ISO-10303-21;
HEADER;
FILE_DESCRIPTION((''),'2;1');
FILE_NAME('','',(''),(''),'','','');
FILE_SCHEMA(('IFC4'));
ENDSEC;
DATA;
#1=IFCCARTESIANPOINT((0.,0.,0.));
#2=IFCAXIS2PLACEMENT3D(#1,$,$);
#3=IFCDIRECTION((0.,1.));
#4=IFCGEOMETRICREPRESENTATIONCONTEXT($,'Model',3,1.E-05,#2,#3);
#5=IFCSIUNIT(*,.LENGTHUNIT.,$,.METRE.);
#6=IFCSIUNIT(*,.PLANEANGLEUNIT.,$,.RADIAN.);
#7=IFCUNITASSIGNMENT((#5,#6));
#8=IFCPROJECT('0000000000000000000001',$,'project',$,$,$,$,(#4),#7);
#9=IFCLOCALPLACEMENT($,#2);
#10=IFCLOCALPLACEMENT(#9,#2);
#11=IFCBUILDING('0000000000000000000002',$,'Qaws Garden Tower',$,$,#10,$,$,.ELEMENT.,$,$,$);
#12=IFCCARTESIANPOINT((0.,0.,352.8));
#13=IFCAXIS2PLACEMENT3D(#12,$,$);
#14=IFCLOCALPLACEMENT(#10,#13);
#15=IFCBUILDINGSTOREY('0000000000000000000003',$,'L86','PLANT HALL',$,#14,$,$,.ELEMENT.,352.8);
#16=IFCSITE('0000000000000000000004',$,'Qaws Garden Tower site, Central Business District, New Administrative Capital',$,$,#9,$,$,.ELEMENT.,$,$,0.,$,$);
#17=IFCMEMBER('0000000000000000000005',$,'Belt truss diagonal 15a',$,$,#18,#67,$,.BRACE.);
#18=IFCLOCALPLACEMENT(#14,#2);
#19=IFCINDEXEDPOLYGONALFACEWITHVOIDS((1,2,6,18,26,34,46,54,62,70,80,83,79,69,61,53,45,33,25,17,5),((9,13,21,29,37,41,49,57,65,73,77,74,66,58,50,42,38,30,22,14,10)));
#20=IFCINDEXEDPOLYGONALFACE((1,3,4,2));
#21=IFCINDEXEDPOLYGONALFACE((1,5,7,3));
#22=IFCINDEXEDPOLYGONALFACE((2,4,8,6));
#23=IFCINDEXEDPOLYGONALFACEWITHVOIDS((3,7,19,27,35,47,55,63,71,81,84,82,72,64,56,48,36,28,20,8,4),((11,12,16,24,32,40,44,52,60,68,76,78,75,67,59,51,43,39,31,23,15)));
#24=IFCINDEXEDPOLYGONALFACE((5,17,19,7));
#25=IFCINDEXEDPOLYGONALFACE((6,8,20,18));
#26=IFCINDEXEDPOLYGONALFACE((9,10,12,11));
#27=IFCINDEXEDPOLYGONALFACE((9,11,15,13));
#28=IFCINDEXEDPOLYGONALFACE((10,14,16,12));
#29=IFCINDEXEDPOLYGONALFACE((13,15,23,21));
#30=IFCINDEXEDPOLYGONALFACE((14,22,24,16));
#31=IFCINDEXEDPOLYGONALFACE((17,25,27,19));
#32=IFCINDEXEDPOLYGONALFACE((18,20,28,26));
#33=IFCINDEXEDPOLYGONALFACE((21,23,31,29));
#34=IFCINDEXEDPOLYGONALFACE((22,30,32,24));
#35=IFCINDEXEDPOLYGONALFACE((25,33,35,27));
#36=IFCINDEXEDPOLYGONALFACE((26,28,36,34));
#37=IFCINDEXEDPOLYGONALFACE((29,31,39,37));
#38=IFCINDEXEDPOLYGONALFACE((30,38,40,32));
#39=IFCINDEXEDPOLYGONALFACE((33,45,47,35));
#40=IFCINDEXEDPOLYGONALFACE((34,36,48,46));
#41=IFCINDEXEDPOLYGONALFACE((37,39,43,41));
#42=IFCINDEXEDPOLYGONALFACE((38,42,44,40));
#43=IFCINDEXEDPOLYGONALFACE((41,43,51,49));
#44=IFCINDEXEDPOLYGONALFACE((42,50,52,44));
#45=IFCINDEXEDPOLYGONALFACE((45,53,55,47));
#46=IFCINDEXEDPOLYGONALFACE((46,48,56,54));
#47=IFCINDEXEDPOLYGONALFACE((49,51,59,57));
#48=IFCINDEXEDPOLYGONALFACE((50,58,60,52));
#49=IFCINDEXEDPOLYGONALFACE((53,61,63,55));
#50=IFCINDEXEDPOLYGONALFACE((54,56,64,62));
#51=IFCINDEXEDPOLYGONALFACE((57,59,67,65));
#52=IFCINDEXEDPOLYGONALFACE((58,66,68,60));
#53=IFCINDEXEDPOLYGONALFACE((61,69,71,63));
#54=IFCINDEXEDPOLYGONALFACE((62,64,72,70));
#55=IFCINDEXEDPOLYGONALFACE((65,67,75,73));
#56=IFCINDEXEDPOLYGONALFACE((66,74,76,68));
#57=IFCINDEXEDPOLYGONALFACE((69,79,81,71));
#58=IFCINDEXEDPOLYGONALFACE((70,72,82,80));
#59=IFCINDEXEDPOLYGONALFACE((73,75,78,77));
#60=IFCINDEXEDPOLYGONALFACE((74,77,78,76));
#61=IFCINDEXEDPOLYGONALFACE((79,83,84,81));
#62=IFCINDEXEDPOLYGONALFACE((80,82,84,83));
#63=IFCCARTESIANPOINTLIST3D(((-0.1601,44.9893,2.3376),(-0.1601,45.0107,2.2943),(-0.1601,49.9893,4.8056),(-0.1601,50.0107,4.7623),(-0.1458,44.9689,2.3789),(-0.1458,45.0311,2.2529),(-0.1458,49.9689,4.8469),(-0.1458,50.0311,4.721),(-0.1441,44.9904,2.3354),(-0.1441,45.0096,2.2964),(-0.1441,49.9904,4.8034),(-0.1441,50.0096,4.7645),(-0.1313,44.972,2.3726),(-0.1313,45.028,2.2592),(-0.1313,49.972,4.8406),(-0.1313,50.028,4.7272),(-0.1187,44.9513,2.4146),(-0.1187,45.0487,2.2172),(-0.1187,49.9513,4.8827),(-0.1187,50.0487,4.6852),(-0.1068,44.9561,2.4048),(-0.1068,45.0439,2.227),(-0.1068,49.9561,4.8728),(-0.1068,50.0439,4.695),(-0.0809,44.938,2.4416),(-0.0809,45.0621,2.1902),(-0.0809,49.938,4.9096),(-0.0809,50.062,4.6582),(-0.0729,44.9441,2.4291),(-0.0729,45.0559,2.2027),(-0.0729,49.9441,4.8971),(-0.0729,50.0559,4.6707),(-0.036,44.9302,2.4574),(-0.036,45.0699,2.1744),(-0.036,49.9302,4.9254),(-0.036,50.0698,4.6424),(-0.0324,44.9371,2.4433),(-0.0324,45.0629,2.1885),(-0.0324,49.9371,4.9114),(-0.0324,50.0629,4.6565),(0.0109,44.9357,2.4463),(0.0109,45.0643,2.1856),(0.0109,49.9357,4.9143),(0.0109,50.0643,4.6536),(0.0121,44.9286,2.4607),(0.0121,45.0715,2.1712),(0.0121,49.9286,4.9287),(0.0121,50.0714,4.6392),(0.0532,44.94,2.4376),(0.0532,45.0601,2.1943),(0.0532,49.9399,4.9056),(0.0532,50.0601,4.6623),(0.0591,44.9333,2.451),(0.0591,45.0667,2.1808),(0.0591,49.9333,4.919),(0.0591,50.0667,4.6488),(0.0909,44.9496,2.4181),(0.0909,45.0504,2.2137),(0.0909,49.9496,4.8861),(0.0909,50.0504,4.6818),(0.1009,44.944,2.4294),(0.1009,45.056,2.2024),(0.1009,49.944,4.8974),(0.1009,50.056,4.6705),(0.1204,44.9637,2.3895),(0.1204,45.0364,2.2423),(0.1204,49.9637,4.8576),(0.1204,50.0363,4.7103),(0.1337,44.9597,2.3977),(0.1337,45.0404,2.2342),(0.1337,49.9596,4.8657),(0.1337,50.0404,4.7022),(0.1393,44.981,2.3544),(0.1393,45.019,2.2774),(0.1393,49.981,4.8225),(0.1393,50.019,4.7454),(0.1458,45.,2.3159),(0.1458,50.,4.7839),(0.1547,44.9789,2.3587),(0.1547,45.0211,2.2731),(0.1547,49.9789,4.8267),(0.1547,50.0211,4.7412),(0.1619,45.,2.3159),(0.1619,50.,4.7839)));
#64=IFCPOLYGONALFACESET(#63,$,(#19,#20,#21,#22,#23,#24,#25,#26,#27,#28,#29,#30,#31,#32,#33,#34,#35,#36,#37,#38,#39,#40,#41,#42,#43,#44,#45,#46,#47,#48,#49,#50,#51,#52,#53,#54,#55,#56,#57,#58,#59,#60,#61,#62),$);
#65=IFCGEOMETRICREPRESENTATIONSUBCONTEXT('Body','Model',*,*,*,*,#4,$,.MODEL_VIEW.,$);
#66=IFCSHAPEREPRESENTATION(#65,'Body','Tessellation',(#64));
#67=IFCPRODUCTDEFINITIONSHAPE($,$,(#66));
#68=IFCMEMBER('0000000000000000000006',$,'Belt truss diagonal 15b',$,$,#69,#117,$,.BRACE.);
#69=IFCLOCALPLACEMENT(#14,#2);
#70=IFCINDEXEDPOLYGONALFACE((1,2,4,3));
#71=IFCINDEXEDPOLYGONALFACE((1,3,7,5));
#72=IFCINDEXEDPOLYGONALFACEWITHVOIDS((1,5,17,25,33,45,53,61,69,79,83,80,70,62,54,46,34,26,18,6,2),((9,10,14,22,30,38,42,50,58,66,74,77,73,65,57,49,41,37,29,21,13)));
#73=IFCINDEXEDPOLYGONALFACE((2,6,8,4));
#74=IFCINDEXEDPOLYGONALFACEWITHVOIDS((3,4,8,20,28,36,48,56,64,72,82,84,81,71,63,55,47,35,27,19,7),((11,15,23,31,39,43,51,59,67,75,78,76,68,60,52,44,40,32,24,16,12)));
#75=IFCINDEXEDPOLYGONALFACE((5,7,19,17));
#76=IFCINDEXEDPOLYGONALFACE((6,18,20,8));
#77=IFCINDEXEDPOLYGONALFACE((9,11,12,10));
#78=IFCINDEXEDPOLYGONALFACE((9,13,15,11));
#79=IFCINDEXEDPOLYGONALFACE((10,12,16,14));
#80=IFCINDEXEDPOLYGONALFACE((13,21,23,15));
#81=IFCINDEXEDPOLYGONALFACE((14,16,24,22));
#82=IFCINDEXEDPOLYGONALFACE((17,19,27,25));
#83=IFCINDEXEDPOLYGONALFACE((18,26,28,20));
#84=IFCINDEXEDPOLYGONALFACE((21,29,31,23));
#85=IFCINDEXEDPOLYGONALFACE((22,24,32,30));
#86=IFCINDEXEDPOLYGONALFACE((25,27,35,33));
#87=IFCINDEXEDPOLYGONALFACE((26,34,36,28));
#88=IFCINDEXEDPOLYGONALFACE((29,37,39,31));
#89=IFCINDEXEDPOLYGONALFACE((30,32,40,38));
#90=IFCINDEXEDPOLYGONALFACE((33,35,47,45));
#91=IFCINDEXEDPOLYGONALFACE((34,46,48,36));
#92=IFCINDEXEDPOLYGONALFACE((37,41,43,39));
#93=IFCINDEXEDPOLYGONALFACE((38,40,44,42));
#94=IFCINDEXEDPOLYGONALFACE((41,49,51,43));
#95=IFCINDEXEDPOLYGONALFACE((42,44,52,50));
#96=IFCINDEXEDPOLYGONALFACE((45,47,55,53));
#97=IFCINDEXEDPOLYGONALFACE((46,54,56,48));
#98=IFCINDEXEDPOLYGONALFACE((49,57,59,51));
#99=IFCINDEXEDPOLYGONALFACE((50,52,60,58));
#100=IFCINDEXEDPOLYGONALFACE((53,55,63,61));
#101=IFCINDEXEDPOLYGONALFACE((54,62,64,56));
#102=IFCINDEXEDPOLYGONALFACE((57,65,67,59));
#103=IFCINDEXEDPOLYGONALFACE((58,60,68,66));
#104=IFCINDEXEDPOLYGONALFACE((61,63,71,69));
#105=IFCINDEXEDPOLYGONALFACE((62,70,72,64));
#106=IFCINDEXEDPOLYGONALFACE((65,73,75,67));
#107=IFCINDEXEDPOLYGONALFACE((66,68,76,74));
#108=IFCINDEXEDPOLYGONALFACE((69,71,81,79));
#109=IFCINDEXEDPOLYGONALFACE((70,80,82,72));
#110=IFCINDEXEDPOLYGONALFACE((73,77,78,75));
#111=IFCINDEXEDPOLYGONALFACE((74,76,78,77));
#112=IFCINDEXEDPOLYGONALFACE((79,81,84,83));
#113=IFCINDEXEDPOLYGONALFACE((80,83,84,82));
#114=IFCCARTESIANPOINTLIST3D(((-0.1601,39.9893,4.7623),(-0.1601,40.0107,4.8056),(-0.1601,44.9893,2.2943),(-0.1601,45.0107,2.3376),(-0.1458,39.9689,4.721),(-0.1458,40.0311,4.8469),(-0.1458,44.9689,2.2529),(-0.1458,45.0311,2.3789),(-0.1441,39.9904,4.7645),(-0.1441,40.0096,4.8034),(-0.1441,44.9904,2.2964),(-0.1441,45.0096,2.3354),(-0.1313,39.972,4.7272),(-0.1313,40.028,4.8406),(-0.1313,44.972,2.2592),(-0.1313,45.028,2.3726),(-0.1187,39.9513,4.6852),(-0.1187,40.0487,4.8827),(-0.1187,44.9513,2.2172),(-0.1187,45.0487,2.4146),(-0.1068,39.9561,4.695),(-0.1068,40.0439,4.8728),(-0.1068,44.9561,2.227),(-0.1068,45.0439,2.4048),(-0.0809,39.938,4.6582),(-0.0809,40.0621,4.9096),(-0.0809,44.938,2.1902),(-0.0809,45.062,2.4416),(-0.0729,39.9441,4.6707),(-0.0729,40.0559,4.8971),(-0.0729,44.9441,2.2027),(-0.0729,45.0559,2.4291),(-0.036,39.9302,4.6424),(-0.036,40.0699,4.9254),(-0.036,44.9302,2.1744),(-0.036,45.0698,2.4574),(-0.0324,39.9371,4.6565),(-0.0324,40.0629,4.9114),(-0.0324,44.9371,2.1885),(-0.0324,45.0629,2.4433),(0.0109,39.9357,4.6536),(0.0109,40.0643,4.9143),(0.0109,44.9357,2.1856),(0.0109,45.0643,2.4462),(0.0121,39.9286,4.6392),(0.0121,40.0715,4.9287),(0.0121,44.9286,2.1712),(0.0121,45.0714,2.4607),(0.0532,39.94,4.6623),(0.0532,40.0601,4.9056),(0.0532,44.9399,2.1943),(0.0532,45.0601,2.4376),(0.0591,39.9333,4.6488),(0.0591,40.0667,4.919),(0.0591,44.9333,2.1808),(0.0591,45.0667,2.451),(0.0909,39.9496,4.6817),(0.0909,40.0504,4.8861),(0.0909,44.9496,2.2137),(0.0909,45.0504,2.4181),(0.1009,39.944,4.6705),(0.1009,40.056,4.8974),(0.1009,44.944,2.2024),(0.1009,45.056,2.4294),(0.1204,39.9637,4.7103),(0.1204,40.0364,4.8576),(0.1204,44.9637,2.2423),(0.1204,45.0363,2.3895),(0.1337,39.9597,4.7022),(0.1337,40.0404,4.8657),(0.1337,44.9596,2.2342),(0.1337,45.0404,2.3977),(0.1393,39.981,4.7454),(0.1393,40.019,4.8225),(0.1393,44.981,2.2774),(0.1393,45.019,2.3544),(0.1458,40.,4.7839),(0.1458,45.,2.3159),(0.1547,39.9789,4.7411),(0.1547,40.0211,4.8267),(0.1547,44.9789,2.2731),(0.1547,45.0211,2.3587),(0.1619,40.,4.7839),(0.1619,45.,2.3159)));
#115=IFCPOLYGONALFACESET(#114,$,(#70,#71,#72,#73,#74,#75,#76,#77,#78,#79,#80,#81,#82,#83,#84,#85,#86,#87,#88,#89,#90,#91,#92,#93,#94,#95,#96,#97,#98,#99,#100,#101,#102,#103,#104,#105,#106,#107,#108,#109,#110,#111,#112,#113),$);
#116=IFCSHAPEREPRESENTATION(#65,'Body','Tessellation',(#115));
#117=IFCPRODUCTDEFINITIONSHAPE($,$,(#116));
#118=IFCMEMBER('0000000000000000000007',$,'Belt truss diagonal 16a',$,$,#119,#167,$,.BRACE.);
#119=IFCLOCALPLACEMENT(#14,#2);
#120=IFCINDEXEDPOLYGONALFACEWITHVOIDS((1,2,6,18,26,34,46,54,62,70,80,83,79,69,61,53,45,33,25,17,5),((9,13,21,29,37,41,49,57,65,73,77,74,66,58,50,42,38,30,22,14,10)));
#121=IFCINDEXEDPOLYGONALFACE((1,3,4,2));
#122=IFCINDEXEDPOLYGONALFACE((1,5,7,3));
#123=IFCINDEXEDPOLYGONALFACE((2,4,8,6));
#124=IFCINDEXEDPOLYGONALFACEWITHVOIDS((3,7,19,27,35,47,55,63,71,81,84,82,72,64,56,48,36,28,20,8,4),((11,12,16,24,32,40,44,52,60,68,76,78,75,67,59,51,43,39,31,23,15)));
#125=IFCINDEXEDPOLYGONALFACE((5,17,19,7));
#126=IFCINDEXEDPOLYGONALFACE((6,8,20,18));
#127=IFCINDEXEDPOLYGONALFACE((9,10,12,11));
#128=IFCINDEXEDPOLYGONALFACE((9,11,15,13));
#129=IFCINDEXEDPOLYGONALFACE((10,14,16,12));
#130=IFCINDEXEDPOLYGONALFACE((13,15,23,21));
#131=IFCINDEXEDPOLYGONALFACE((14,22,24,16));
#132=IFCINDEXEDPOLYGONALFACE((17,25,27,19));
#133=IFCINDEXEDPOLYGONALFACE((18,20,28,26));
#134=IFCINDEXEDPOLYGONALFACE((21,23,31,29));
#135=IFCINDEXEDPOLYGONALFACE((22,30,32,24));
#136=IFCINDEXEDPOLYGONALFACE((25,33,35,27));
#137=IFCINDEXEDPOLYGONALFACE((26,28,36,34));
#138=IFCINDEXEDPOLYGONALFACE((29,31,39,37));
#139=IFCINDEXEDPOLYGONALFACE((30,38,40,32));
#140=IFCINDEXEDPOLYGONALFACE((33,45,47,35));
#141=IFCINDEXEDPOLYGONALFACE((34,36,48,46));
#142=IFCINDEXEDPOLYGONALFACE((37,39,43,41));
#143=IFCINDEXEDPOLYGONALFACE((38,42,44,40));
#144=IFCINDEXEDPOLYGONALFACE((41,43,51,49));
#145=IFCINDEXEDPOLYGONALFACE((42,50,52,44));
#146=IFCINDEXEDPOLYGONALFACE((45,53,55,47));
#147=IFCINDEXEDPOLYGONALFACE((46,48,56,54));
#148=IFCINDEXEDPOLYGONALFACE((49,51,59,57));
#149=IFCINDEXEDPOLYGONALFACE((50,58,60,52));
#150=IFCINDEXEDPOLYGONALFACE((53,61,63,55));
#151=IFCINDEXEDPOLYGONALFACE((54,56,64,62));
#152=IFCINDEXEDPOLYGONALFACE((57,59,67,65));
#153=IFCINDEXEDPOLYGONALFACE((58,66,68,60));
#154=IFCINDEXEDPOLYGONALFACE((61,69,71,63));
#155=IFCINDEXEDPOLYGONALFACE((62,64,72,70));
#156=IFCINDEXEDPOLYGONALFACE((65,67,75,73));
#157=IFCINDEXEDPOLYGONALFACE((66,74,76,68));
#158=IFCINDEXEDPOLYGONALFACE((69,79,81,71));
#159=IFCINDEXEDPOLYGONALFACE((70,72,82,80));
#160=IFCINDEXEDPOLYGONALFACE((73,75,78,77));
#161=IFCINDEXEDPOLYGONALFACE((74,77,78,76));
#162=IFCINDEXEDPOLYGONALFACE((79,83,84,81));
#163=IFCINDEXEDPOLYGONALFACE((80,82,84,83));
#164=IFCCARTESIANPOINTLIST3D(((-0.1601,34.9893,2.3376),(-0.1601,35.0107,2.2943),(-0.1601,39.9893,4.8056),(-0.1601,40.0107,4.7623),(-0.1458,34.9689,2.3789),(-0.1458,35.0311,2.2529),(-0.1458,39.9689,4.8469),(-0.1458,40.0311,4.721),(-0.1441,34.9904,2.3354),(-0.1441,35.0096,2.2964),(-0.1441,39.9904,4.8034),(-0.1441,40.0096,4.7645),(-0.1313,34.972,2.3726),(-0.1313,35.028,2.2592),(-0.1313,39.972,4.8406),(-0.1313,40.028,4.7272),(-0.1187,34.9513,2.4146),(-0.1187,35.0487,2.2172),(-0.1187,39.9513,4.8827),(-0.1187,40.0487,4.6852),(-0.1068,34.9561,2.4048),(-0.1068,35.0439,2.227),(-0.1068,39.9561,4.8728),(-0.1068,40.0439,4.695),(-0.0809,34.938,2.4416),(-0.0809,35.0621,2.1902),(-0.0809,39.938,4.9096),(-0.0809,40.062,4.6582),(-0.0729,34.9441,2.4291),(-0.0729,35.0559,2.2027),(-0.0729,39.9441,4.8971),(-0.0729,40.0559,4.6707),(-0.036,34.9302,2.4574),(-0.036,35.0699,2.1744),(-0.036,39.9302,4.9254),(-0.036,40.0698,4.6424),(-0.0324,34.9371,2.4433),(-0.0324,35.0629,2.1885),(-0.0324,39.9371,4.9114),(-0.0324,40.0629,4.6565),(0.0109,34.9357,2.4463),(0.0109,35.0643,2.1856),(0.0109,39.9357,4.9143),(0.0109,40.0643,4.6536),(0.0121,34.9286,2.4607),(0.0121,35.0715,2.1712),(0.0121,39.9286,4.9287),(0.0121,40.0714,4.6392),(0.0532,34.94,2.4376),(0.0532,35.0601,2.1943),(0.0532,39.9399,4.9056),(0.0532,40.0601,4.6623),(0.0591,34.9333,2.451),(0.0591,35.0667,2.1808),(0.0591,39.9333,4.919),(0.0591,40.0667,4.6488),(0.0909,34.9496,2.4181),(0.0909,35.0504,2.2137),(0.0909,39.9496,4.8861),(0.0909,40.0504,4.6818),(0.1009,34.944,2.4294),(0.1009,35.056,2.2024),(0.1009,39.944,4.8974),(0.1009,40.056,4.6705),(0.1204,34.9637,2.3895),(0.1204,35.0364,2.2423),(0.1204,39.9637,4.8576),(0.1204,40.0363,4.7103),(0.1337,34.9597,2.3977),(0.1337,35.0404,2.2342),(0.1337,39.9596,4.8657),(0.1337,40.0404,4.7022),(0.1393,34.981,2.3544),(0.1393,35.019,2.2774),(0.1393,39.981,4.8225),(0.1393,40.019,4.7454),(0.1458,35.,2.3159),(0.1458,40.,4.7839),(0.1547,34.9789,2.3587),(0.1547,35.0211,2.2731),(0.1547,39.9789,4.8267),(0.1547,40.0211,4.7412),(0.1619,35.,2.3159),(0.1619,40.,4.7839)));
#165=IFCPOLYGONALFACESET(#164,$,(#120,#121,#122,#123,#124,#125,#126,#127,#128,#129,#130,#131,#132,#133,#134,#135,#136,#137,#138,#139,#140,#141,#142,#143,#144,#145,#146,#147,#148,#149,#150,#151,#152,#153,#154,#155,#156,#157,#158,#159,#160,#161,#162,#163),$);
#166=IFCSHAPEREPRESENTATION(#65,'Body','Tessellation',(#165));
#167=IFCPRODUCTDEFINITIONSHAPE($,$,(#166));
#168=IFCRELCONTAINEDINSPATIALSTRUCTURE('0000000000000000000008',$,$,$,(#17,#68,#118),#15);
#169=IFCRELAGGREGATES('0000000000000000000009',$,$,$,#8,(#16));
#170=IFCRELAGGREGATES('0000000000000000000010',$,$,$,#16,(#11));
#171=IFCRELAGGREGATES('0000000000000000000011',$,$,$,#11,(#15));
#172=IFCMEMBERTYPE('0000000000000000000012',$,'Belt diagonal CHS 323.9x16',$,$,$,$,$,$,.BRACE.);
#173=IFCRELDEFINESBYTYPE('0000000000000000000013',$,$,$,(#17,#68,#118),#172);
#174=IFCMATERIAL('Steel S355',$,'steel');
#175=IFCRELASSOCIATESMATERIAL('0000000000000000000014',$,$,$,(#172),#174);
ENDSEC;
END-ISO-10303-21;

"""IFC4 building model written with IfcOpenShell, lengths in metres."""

from ifc_helpers import new_model, si_unit, direction, frame, origin, origin_2d, place, context, subcontext, project, spatial, hollow_circle, extrude, material, material_profile, profile_set, type_object, element, save


model = new_model("IFC4")

# Units and contexts
model_context = context("Model", 3, precision=1e-05, world=origin(), true_north=direction((0.0, 1.0)))
body_context = subcontext(model_context, "Body", "Model", "MODEL_VIEW")
ifc_project = project(units=[si_unit("LENGTHUNIT", "METRE"), si_unit("PLANEANGLEUNIT", "RADIAN")], contexts=[model_context])

# Site, building, storey
site_placement = place(None, origin())
site = spatial("IfcSite", under=ifc_project, at=site_placement, Name="Qaws Garden Tower site, Central Business District, New Administrative Capital", CompositionType="ELEMENT", RefElevation=0.0)
building_placement = place(site_placement, origin())
building = spatial("IfcBuilding", under=site, at=building_placement, Name="Qaws Garden Tower", CompositionType="ELEMENT")
storey_placement = place(building_placement, frame((0.0, 0.0, 352.8)))
storey = spatial("IfcBuildingStorey", under=building, at=storey_placement, Name="L86", Description="PLANT HALL", CompositionType="ELEMENT", Elevation=352.8)

# Members
ifc_material_1 = material(Name="Steel S355", Category="steel")
ifc_material_profile_1 = material_profile(ifc_material_1, hollow_circle(Radius=0.1619, WallThickness=0.0161, at=origin_2d()), Name="CHS 323.9x16")
ifc_profile_set_1 = profile_set([ifc_material_profile_1], Name="Steel S355")
member_type_1 = type_object("IfcMemberType", Name="Belt diagonal CHS 323.9x16", PredefinedType="BRACE", material=ifc_profile_set_1)
for number, where, z_axis, x_axis, name in (
    (1, (0.0, 50.0, 4.7839), (0.0, -0.89671, -0.442619), (1.0, 0.0, 0.0), "Belt truss diagonal 15a"),
    (2, (0.0, 45.0, 2.3159), (0.0, -0.89671, 0.442619), (1.0, 0.0, 0.0), "Belt truss diagonal 15b"),
    (3, (0.0, 40.0, 4.7839), (0.0, -0.89671, -0.442619), (1.0, 0.0, 0.0), "Belt truss diagonal 16a"),
):
    element("IfcMember", number, at=place(storey_placement, frame(where, z_axis=z_axis, x_axis=x_axis)), inside=storey, type_object=member_type_1, Name=name, PredefinedType="BRACE", context=body_context, shape_type="SweptSolid", body=[
        extrude(hollow_circle(Radius=0.1619, WallThickness=0.0161, at=origin_2d()), origin(), (0.0, 0.0, 1.0), 5.5759),
    ])

save(model, "model.ifc")
